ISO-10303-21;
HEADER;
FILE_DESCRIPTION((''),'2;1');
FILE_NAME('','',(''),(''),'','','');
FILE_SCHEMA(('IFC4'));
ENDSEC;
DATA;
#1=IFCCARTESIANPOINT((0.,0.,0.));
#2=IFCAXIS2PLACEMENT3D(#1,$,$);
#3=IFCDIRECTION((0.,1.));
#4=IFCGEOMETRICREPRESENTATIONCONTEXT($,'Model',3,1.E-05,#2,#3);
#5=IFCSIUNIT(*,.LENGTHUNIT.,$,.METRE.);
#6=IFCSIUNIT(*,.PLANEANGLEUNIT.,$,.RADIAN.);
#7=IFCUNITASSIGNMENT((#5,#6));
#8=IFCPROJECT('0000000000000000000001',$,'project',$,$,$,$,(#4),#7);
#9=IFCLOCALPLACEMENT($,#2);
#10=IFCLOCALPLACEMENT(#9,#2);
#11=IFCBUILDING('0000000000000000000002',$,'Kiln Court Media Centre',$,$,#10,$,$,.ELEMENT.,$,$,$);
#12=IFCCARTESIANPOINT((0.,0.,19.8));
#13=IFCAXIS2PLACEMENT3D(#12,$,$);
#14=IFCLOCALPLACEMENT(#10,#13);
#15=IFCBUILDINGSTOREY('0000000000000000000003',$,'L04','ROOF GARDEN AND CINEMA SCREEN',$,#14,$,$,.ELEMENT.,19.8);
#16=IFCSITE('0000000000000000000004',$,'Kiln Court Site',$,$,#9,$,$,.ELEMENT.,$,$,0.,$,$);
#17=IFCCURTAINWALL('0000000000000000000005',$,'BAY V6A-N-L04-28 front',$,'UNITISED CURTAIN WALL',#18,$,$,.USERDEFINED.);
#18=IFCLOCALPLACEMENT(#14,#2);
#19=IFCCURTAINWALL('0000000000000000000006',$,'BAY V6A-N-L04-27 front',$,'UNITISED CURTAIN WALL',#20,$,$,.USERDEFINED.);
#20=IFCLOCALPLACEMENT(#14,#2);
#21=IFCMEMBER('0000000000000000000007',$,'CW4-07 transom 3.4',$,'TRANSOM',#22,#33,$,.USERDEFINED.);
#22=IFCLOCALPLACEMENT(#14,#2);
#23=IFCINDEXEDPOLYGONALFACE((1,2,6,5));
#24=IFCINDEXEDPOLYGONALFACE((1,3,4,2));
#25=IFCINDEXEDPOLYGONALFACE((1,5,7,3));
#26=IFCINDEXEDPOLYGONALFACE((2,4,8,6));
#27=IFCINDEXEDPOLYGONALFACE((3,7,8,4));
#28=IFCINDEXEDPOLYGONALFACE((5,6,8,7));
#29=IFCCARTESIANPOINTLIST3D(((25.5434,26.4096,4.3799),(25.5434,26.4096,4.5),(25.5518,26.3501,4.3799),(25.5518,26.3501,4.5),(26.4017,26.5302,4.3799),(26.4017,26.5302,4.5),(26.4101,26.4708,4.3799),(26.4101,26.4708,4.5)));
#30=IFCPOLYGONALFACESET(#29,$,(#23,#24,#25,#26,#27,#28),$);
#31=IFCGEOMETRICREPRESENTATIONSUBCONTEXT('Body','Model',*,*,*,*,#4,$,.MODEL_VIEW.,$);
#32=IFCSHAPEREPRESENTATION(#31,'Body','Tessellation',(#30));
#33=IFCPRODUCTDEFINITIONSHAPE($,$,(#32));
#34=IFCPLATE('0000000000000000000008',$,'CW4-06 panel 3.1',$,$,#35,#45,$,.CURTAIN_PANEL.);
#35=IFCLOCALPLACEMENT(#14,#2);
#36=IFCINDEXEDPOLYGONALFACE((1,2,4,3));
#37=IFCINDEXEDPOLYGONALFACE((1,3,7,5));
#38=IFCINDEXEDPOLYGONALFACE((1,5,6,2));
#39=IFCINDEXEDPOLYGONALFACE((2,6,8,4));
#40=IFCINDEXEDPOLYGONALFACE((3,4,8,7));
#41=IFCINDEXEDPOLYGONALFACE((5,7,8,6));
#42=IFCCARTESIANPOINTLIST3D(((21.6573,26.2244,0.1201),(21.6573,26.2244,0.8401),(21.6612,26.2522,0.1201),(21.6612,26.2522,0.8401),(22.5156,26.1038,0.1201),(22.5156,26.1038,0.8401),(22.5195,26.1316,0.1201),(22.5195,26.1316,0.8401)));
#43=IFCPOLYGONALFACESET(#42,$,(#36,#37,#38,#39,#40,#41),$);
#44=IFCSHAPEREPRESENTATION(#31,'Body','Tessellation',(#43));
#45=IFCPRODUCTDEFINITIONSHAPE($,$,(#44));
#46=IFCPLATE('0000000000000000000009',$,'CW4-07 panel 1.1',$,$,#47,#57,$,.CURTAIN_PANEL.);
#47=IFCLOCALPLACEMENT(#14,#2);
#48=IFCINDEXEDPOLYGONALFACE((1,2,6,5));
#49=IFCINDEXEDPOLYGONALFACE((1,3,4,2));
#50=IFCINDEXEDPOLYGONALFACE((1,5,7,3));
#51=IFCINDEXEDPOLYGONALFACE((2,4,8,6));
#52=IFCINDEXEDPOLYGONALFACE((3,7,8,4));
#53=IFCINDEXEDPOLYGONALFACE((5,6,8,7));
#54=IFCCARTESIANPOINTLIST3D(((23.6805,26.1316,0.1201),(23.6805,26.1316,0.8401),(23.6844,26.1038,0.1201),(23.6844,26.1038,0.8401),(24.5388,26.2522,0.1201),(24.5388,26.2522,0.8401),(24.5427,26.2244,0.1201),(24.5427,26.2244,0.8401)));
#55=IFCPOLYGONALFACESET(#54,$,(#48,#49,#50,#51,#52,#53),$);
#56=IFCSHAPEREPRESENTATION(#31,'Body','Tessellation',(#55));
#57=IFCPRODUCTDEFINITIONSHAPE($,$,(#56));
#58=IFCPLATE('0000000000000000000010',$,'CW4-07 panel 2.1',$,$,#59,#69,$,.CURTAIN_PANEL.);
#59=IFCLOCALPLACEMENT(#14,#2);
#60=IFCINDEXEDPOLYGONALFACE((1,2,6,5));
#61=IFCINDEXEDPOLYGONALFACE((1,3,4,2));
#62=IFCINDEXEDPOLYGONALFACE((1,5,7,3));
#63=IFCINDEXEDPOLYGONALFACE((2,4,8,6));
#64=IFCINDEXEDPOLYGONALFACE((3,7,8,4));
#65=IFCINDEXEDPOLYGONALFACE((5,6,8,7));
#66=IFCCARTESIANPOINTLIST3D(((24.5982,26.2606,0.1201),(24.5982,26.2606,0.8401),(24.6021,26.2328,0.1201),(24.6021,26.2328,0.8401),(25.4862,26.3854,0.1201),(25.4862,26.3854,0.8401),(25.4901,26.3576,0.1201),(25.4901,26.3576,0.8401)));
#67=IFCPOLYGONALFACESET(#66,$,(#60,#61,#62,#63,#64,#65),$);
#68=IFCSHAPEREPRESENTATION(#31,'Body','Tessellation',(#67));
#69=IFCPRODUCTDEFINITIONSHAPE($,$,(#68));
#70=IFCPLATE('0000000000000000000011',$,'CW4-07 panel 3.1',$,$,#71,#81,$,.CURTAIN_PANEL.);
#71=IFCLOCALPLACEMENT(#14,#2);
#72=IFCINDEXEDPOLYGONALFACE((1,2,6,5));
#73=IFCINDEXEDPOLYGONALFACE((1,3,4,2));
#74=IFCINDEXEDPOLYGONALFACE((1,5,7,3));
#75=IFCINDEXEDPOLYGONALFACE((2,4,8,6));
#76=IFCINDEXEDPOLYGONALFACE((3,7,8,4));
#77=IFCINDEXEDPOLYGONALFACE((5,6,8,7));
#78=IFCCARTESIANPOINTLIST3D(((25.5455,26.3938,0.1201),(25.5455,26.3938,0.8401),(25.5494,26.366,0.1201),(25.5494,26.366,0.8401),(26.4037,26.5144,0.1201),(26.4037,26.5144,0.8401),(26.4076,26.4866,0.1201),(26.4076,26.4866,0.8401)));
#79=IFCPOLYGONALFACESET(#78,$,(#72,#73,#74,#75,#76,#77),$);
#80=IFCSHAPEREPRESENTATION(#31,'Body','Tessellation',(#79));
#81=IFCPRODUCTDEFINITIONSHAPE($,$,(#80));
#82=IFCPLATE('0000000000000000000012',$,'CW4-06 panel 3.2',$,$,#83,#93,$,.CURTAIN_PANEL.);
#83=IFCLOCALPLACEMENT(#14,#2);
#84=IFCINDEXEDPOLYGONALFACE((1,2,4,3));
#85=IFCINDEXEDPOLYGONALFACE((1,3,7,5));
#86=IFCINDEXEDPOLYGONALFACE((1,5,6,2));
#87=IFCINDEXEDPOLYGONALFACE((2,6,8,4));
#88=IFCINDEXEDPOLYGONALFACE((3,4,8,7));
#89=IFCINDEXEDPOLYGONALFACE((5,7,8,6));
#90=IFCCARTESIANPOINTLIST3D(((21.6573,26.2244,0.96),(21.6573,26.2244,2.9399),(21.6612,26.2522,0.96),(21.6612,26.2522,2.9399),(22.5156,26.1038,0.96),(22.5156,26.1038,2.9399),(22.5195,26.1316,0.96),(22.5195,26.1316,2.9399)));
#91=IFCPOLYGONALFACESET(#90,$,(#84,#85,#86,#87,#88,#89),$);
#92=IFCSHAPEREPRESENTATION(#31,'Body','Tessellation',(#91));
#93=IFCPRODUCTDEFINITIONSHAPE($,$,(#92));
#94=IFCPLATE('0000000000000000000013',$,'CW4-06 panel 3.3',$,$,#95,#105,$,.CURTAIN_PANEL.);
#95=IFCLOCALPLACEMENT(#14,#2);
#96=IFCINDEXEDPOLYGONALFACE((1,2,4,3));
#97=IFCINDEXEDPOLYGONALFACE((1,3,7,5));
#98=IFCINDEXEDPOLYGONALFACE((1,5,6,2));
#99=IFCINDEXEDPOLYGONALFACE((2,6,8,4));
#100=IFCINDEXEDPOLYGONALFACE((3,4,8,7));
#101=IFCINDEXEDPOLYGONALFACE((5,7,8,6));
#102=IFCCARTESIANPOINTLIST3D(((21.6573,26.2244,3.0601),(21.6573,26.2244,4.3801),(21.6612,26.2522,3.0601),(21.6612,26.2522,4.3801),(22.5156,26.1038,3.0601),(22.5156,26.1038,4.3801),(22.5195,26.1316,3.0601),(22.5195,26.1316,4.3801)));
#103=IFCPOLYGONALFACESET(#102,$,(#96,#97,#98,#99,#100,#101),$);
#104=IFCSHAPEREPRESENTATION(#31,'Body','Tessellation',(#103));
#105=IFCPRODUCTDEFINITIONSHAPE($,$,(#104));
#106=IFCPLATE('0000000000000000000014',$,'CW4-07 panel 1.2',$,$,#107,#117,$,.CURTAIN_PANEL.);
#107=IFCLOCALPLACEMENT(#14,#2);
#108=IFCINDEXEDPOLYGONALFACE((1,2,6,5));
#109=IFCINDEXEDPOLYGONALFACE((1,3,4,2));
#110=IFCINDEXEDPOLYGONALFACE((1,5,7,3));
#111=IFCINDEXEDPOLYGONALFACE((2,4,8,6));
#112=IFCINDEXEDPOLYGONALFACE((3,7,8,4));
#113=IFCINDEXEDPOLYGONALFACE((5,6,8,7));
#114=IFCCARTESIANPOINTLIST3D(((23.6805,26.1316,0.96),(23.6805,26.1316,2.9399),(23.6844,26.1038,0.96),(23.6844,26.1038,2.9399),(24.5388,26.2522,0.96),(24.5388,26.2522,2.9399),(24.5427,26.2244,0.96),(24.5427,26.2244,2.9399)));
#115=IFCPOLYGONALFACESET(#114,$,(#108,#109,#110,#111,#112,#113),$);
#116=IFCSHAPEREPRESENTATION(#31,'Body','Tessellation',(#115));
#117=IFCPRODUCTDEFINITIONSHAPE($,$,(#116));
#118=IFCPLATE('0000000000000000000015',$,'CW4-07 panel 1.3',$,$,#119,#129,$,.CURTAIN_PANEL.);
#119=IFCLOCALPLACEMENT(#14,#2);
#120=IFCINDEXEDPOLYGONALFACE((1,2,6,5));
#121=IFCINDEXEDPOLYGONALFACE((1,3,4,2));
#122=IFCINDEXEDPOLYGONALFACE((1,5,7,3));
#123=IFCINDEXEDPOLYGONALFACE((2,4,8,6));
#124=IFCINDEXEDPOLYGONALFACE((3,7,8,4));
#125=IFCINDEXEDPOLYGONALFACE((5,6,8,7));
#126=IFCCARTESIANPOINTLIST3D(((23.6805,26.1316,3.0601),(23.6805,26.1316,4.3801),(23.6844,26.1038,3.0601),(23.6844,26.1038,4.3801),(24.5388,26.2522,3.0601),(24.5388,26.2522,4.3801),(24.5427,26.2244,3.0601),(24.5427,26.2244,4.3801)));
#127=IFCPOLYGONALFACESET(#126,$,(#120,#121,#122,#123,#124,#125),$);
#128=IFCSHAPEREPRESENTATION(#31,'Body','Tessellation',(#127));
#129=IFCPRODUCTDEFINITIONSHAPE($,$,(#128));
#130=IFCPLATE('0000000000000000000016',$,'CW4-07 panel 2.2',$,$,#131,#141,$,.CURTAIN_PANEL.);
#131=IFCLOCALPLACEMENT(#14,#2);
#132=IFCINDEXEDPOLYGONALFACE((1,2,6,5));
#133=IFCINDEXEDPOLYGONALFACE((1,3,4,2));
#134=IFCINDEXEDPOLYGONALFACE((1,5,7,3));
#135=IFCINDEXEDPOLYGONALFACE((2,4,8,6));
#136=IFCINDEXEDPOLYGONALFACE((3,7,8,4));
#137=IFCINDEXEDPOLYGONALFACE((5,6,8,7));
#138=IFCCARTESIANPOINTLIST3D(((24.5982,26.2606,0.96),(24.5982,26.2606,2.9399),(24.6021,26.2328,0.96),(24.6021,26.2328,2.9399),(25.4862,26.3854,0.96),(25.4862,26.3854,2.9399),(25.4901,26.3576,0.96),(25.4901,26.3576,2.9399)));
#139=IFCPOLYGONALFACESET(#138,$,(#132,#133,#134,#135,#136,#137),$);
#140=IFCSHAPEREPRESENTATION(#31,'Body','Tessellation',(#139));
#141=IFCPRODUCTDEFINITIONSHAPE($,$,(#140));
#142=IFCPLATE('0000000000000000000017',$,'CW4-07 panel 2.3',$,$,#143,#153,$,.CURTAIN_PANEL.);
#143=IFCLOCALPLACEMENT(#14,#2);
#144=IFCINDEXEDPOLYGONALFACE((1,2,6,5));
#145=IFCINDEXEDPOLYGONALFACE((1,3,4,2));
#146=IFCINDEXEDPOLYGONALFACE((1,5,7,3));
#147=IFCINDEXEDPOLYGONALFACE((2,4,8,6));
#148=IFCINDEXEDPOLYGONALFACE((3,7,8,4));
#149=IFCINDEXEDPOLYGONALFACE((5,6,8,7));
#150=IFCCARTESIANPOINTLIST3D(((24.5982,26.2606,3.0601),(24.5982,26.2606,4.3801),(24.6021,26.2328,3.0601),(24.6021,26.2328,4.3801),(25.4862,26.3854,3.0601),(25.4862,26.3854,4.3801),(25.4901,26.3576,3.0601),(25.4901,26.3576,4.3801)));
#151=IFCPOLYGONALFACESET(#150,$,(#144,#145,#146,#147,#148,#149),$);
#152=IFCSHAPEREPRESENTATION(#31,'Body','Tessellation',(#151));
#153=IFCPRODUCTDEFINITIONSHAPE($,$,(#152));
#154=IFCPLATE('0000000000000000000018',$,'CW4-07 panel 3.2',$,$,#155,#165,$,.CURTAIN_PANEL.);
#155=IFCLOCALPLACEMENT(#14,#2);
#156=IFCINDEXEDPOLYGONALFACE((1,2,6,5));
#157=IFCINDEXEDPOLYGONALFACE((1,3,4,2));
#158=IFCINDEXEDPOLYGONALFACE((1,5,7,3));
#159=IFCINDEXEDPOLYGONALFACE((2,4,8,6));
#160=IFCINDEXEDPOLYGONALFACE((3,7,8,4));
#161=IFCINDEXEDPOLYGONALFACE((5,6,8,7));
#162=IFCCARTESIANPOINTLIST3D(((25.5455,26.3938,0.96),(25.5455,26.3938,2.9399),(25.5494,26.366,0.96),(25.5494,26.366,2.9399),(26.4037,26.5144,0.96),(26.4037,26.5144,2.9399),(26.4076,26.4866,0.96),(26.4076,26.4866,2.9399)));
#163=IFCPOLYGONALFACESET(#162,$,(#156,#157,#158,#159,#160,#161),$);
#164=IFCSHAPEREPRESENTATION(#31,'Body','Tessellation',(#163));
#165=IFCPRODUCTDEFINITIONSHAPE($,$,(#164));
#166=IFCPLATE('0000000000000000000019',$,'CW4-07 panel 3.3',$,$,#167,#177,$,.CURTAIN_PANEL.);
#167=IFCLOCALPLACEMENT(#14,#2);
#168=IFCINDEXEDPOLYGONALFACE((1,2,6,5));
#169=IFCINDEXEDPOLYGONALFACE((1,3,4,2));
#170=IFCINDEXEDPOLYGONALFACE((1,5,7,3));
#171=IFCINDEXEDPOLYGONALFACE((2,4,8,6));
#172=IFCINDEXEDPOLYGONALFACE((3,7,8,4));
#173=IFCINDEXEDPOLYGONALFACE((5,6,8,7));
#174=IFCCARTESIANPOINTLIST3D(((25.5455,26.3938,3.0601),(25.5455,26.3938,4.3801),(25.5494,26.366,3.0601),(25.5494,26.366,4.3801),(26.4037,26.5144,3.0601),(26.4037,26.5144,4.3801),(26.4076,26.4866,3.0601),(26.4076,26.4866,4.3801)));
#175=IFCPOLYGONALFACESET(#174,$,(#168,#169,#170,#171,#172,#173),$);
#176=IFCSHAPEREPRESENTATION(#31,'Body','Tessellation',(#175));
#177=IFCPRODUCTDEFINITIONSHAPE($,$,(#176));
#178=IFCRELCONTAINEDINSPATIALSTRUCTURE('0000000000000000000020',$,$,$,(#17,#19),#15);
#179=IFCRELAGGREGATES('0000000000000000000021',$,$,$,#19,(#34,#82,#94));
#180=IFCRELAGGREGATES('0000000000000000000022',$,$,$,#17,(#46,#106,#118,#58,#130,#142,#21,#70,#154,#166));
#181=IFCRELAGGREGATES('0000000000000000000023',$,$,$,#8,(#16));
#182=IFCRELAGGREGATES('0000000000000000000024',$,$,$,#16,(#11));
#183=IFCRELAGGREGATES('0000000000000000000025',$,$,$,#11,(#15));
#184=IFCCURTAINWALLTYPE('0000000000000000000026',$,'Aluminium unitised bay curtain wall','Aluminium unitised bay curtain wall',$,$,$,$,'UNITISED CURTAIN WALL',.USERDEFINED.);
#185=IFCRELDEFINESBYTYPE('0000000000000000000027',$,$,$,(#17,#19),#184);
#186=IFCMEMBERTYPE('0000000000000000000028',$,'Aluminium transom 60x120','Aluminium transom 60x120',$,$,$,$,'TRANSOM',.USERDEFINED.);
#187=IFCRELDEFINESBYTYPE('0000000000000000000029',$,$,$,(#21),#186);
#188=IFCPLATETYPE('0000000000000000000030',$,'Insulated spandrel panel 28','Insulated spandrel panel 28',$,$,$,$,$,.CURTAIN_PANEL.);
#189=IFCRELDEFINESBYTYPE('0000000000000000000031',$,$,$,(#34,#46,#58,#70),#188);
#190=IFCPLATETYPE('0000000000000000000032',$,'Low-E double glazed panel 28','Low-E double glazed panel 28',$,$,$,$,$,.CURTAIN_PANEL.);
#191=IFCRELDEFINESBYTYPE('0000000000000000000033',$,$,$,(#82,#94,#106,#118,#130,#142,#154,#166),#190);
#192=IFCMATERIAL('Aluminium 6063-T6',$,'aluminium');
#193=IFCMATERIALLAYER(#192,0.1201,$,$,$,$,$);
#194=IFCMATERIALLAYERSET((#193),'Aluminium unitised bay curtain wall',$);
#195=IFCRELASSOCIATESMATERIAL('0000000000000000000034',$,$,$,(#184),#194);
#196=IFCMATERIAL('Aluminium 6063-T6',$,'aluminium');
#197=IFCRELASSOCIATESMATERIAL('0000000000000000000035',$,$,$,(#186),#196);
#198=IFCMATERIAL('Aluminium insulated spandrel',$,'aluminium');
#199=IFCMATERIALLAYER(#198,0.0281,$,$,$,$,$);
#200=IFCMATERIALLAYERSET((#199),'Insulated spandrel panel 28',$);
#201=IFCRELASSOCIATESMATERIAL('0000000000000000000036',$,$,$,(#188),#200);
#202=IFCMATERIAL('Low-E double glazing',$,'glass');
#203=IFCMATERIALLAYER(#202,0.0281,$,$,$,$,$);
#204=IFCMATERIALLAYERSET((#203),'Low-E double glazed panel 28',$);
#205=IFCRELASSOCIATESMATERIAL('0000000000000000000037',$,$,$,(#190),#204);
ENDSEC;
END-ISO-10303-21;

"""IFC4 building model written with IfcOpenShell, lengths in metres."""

from ifc_helpers import new_model, si_unit, direction, frame, origin, origin_2d, place, context, subcontext, project, spatial, rectangle, extrude, material, layer, layer_set, material_profile, profile_set, type_object, element, aggregate, save


model = new_model("IFC4")

# Units and contexts
model_context = context("Model", 3, precision=1e-05, world=origin(), true_north=direction((0.0, 1.0)))
body_context = subcontext(model_context, "Body", "Model", "MODEL_VIEW")
ifc_project = project(units=[si_unit("LENGTHUNIT", "METRE"), si_unit("PLANEANGLEUNIT", "RADIAN")], contexts=[model_context])

# Site, building, storey
site_placement = place(None, origin())
site = spatial("IfcSite", under=ifc_project, at=site_placement, Name="Kiln Court Site", CompositionType="ELEMENT", RefElevation=0.0)
building_placement = place(site_placement, origin())
building = spatial("IfcBuilding", under=site, at=building_placement, Name="Kiln Court Media Centre", CompositionType="ELEMENT")
storey_placement = place(building_placement, frame((0.0, 0.0, 19.8)))
storey = spatial("IfcBuildingStorey", under=building, at=storey_placement, Name="L04", Description="ROOF GARDEN AND CINEMA SCREEN", CompositionType="ELEMENT", Elevation=19.8)

# Curtain walls
ifc_material_1 = material(Name="Aluminium 6063-T6", Category="aluminium")
ifc_layer_1 = layer(ifc_material_1, 0.1201)
ifc_layer_set_1 = layer_set([ifc_layer_1], Name="Aluminium unitised bay curtain wall")
curtain_wall_type_1 = type_object("IfcCurtainWallType", Name="Aluminium unitised bay curtain wall", Description="Aluminium unitised bay curtain wall", ElementType="UNITISED CURTAIN WALL", PredefinedType="USERDEFINED", material=ifc_layer_set_1)
curtain_wall_1_placement = place(storey_placement, origin())
curtain_wall_1 = element("IfcCurtainWall", 1, at=curtain_wall_1_placement, inside=storey, type_object=curtain_wall_type_1, Name="BAY V6A-N-L04-28 front", ObjectType="UNITISED CURTAIN WALL", PredefinedType="USERDEFINED")
curtain_wall_2_placement = place(storey_placement, origin())
curtain_wall_2 = element("IfcCurtainWall", 2, at=curtain_wall_2_placement, inside=storey, type_object=curtain_wall_type_1, Name="BAY V6A-N-L04-27 front", ObjectType="UNITISED CURTAIN WALL", PredefinedType="USERDEFINED")
ifc_material_2 = material(Name="Aluminium 6063-T6", Category="aluminium")
ifc_material_profile_1 = material_profile(ifc_material_2, rectangle(XDim=0.0601, YDim=0.1201, at=origin_2d()), Name="Aluminium transom 60x120")
ifc_profile_set_1 = profile_set([ifc_material_profile_1], Name="Aluminium 6063-T6")
member_type_1 = type_object("IfcMemberType", Name="Aluminium transom 60x120", Description="Aluminium transom 60x120", ElementType="TRANSOM", PredefinedType="USERDEFINED", material=ifc_profile_set_1)

# Member
member_1_placement = place(storey_placement, frame((25.5476, 26.3799, 4.4399), z_axis=(0.990268, 0.139173, 0.0), x_axis=(-0.139173, 0.990268, 0.0)))
member_1 = element("IfcMember", 3, at=member_1_placement, type_object=member_type_1, Name="CW4-07 transom 3.4", ObjectType="TRANSOM", PredefinedType="USERDEFINED", context=body_context, shape_type="SweptSolid", body=[
    extrude(rectangle(XDim=0.0601, YDim=0.1201, at=origin_2d()), origin(), (0.0, 0.0, 1.0), 0.8667),
])

# Plates
ifc_material_3 = material(Name="Aluminium insulated spandrel", Category="aluminium")
ifc_layer_2 = layer(ifc_material_3, 0.0281)
ifc_layer_set_2 = layer_set([ifc_layer_2], Name="Insulated spandrel panel 28")
plate_type_1 = type_object("IfcPlateType", Name="Insulated spandrel panel 28", Description="Insulated spandrel panel 28", PredefinedType="CURTAIN_PANEL", material=ifc_layer_set_2)
plate_1_placement = place(storey_placement, frame((22.0884, 26.178, 0.1201), z_axis=(0.0, 0.0, 1.0), x_axis=(0.99027, -0.139162, 0.0)))
plate_1 = element("IfcPlate", 4, at=plate_1_placement, type_object=plate_type_1, Name="CW4-06 panel 3.1", PredefinedType="CURTAIN_PANEL", context=body_context, shape_type="SweptSolid", body=[
    extrude(rectangle(XDim=0.8667, YDim=0.0281, at=origin_2d()), origin(), (0.0, 0.0, 1.0), 0.72),
])
plate_2_placement = place(storey_placement, frame((24.1116, 26.178, 0.1201), z_axis=(0.0, 0.0, 1.0), x_axis=(0.99027, 0.139162, 0.0)))
plate_2 = element("IfcPlate", 5, at=plate_2_placement, type_object=plate_type_1, Name="CW4-07 panel 1.1", PredefinedType="CURTAIN_PANEL", context=body_context, shape_type="SweptSolid", body=[
    extrude(rectangle(XDim=0.8667, YDim=0.0281, at=origin_2d()), origin(), (0.0, 0.0, 1.0), 0.72),
])
plate_3_placement = place(storey_placement, frame((25.0442, 26.3091, 0.1201), z_axis=(0.0, 0.0, 1.0), x_axis=(0.99027, 0.139162, 0.0)))
plate_3 = element("IfcPlate", 6, at=plate_3_placement, type_object=plate_type_1, Name="CW4-07 panel 2.1", PredefinedType="CURTAIN_PANEL", context=body_context, shape_type="SweptSolid", body=[
    extrude(rectangle(XDim=0.8967, YDim=0.0281, at=origin_2d()), origin(), (0.0, 0.0, 1.0), 0.72),
])
plate_4_placement = place(storey_placement, frame((25.9766, 26.4402, 0.1201), z_axis=(0.0, 0.0, 1.0), x_axis=(0.99027, 0.139162, 0.0)))
plate_4 = element("IfcPlate", 7, at=plate_4_placement, type_object=plate_type_1, Name="CW4-07 panel 3.1", PredefinedType="CURTAIN_PANEL", context=body_context, shape_type="SweptSolid", body=[
    extrude(rectangle(XDim=0.8667, YDim=0.0281, at=origin_2d()), origin(), (0.0, 0.0, 1.0), 0.72),
])
ifc_material_4 = material(Name="Low-E double glazing", Category="glass")
ifc_layer_3 = layer(ifc_material_4, 0.0281)
ifc_layer_set_3 = layer_set([ifc_layer_3], Name="Low-E double glazed panel 28")
plate_type_2 = type_object("IfcPlateType", Name="Low-E double glazed panel 28", Description="Low-E double glazed panel 28", PredefinedType="CURTAIN_PANEL", material=ifc_layer_set_3)
plate_5_placement = place(storey_placement, frame((22.0884, 26.178, 0.96), z_axis=(0.0, 0.0, 1.0), x_axis=(0.99027, -0.139162, 0.0)))
plate_5 = element("IfcPlate", 8, at=plate_5_placement, type_object=plate_type_2, Name="CW4-06 panel 3.2", PredefinedType="CURTAIN_PANEL", context=body_context, shape_type="SweptSolid", body=[
    extrude(rectangle(XDim=0.8667, YDim=0.0281, at=origin_2d()), origin(), (0.0, 0.0, 1.0), 1.98),
])
plate_6_placement = place(storey_placement, frame((22.0884, 26.178, 3.0601), z_axis=(0.0, 0.0, 1.0), x_axis=(0.99027, -0.139162, 0.0)))
plate_6 = element("IfcPlate", 9, at=plate_6_placement, type_object=plate_type_2, Name="CW4-06 panel 3.3", PredefinedType="CURTAIN_PANEL", context=body_context, shape_type="SweptSolid", body=[
    extrude(rectangle(XDim=0.8667, YDim=0.0281, at=origin_2d()), origin(), (0.0, 0.0, 1.0), 1.3201),
])
aggregate(curtain_wall_2, [plate_1, plate_5, plate_6])
plate_7_placement = place(storey_placement, frame((24.1116, 26.178, 0.96), z_axis=(0.0, 0.0, 1.0), x_axis=(0.99027, 0.139162, 0.0)))
plate_7 = element("IfcPlate", 10, at=plate_7_placement, type_object=plate_type_2, Name="CW4-07 panel 1.2", PredefinedType="CURTAIN_PANEL", context=body_context, shape_type="SweptSolid", body=[
    extrude(rectangle(XDim=0.8667, YDim=0.0281, at=origin_2d()), origin(), (0.0, 0.0, 1.0), 1.98),
])
plate_8_placement = place(storey_placement, frame((24.1116, 26.178, 3.0601), z_axis=(0.0, 0.0, 1.0), x_axis=(0.99027, 0.139162, 0.0)))
plate_8 = element("IfcPlate", 11, at=plate_8_placement, type_object=plate_type_2, Name="CW4-07 panel 1.3", PredefinedType="CURTAIN_PANEL", context=body_context, shape_type="SweptSolid", body=[
    extrude(rectangle(XDim=0.8667, YDim=0.0281, at=origin_2d()), origin(), (0.0, 0.0, 1.0), 1.3201),
])
plate_9_placement = place(storey_placement, frame((25.0442, 26.3091, 0.96), z_axis=(0.0, 0.0, 1.0), x_axis=(0.99027, 0.139162, 0.0)))
plate_9 = element("IfcPlate", 12, at=plate_9_placement, type_object=plate_type_2, Name="CW4-07 panel 2.2", PredefinedType="CURTAIN_PANEL", context=body_context, shape_type="SweptSolid", body=[
    extrude(rectangle(XDim=0.8967, YDim=0.0281, at=origin_2d()), origin(), (0.0, 0.0, 1.0), 1.98),
])
plate_10_placement = place(storey_placement, frame((25.0442, 26.3091, 3.0601), z_axis=(0.0, 0.0, 1.0), x_axis=(0.99027, 0.139162, 0.0)))
plate_10 = element("IfcPlate", 13, at=plate_10_placement, type_object=plate_type_2, Name="CW4-07 panel 2.3", PredefinedType="CURTAIN_PANEL", context=body_context, shape_type="SweptSolid", body=[
    extrude(rectangle(XDim=0.8967, YDim=0.0281, at=origin_2d()), origin(), (0.0, 0.0, 1.0), 1.3201),
])
plate_11_placement = place(storey_placement, frame((25.9766, 26.4402, 0.96), z_axis=(0.0, 0.0, 1.0), x_axis=(0.99027, 0.139162, 0.0)))
plate_11 = element("IfcPlate", 14, at=plate_11_placement, type_object=plate_type_2, Name="CW4-07 panel 3.2", PredefinedType="CURTAIN_PANEL", context=body_context, shape_type="SweptSolid", body=[
    extrude(rectangle(XDim=0.8667, YDim=0.0281, at=origin_2d()), origin(), (0.0, 0.0, 1.0), 1.98),
])
plate_12_placement = place(storey_placement, frame((25.9766, 26.4402, 3.0601), z_axis=(0.0, 0.0, 1.0), x_axis=(0.99027, 0.139162, 0.0)))
plate_12 = element("IfcPlate", 15, at=plate_12_placement, type_object=plate_type_2, Name="CW4-07 panel 3.3", PredefinedType="CURTAIN_PANEL", context=body_context, shape_type="SweptSolid", body=[
    extrude(rectangle(XDim=0.8667, YDim=0.0281, at=origin_2d()), origin(), (0.0, 0.0, 1.0), 1.3201),
])
aggregate(curtain_wall_1, [plate_2, plate_7, plate_8, plate_3, plate_9, plate_10, member_1, plate_4, plate_11, plate_12])

save(model, "model.ifc")
